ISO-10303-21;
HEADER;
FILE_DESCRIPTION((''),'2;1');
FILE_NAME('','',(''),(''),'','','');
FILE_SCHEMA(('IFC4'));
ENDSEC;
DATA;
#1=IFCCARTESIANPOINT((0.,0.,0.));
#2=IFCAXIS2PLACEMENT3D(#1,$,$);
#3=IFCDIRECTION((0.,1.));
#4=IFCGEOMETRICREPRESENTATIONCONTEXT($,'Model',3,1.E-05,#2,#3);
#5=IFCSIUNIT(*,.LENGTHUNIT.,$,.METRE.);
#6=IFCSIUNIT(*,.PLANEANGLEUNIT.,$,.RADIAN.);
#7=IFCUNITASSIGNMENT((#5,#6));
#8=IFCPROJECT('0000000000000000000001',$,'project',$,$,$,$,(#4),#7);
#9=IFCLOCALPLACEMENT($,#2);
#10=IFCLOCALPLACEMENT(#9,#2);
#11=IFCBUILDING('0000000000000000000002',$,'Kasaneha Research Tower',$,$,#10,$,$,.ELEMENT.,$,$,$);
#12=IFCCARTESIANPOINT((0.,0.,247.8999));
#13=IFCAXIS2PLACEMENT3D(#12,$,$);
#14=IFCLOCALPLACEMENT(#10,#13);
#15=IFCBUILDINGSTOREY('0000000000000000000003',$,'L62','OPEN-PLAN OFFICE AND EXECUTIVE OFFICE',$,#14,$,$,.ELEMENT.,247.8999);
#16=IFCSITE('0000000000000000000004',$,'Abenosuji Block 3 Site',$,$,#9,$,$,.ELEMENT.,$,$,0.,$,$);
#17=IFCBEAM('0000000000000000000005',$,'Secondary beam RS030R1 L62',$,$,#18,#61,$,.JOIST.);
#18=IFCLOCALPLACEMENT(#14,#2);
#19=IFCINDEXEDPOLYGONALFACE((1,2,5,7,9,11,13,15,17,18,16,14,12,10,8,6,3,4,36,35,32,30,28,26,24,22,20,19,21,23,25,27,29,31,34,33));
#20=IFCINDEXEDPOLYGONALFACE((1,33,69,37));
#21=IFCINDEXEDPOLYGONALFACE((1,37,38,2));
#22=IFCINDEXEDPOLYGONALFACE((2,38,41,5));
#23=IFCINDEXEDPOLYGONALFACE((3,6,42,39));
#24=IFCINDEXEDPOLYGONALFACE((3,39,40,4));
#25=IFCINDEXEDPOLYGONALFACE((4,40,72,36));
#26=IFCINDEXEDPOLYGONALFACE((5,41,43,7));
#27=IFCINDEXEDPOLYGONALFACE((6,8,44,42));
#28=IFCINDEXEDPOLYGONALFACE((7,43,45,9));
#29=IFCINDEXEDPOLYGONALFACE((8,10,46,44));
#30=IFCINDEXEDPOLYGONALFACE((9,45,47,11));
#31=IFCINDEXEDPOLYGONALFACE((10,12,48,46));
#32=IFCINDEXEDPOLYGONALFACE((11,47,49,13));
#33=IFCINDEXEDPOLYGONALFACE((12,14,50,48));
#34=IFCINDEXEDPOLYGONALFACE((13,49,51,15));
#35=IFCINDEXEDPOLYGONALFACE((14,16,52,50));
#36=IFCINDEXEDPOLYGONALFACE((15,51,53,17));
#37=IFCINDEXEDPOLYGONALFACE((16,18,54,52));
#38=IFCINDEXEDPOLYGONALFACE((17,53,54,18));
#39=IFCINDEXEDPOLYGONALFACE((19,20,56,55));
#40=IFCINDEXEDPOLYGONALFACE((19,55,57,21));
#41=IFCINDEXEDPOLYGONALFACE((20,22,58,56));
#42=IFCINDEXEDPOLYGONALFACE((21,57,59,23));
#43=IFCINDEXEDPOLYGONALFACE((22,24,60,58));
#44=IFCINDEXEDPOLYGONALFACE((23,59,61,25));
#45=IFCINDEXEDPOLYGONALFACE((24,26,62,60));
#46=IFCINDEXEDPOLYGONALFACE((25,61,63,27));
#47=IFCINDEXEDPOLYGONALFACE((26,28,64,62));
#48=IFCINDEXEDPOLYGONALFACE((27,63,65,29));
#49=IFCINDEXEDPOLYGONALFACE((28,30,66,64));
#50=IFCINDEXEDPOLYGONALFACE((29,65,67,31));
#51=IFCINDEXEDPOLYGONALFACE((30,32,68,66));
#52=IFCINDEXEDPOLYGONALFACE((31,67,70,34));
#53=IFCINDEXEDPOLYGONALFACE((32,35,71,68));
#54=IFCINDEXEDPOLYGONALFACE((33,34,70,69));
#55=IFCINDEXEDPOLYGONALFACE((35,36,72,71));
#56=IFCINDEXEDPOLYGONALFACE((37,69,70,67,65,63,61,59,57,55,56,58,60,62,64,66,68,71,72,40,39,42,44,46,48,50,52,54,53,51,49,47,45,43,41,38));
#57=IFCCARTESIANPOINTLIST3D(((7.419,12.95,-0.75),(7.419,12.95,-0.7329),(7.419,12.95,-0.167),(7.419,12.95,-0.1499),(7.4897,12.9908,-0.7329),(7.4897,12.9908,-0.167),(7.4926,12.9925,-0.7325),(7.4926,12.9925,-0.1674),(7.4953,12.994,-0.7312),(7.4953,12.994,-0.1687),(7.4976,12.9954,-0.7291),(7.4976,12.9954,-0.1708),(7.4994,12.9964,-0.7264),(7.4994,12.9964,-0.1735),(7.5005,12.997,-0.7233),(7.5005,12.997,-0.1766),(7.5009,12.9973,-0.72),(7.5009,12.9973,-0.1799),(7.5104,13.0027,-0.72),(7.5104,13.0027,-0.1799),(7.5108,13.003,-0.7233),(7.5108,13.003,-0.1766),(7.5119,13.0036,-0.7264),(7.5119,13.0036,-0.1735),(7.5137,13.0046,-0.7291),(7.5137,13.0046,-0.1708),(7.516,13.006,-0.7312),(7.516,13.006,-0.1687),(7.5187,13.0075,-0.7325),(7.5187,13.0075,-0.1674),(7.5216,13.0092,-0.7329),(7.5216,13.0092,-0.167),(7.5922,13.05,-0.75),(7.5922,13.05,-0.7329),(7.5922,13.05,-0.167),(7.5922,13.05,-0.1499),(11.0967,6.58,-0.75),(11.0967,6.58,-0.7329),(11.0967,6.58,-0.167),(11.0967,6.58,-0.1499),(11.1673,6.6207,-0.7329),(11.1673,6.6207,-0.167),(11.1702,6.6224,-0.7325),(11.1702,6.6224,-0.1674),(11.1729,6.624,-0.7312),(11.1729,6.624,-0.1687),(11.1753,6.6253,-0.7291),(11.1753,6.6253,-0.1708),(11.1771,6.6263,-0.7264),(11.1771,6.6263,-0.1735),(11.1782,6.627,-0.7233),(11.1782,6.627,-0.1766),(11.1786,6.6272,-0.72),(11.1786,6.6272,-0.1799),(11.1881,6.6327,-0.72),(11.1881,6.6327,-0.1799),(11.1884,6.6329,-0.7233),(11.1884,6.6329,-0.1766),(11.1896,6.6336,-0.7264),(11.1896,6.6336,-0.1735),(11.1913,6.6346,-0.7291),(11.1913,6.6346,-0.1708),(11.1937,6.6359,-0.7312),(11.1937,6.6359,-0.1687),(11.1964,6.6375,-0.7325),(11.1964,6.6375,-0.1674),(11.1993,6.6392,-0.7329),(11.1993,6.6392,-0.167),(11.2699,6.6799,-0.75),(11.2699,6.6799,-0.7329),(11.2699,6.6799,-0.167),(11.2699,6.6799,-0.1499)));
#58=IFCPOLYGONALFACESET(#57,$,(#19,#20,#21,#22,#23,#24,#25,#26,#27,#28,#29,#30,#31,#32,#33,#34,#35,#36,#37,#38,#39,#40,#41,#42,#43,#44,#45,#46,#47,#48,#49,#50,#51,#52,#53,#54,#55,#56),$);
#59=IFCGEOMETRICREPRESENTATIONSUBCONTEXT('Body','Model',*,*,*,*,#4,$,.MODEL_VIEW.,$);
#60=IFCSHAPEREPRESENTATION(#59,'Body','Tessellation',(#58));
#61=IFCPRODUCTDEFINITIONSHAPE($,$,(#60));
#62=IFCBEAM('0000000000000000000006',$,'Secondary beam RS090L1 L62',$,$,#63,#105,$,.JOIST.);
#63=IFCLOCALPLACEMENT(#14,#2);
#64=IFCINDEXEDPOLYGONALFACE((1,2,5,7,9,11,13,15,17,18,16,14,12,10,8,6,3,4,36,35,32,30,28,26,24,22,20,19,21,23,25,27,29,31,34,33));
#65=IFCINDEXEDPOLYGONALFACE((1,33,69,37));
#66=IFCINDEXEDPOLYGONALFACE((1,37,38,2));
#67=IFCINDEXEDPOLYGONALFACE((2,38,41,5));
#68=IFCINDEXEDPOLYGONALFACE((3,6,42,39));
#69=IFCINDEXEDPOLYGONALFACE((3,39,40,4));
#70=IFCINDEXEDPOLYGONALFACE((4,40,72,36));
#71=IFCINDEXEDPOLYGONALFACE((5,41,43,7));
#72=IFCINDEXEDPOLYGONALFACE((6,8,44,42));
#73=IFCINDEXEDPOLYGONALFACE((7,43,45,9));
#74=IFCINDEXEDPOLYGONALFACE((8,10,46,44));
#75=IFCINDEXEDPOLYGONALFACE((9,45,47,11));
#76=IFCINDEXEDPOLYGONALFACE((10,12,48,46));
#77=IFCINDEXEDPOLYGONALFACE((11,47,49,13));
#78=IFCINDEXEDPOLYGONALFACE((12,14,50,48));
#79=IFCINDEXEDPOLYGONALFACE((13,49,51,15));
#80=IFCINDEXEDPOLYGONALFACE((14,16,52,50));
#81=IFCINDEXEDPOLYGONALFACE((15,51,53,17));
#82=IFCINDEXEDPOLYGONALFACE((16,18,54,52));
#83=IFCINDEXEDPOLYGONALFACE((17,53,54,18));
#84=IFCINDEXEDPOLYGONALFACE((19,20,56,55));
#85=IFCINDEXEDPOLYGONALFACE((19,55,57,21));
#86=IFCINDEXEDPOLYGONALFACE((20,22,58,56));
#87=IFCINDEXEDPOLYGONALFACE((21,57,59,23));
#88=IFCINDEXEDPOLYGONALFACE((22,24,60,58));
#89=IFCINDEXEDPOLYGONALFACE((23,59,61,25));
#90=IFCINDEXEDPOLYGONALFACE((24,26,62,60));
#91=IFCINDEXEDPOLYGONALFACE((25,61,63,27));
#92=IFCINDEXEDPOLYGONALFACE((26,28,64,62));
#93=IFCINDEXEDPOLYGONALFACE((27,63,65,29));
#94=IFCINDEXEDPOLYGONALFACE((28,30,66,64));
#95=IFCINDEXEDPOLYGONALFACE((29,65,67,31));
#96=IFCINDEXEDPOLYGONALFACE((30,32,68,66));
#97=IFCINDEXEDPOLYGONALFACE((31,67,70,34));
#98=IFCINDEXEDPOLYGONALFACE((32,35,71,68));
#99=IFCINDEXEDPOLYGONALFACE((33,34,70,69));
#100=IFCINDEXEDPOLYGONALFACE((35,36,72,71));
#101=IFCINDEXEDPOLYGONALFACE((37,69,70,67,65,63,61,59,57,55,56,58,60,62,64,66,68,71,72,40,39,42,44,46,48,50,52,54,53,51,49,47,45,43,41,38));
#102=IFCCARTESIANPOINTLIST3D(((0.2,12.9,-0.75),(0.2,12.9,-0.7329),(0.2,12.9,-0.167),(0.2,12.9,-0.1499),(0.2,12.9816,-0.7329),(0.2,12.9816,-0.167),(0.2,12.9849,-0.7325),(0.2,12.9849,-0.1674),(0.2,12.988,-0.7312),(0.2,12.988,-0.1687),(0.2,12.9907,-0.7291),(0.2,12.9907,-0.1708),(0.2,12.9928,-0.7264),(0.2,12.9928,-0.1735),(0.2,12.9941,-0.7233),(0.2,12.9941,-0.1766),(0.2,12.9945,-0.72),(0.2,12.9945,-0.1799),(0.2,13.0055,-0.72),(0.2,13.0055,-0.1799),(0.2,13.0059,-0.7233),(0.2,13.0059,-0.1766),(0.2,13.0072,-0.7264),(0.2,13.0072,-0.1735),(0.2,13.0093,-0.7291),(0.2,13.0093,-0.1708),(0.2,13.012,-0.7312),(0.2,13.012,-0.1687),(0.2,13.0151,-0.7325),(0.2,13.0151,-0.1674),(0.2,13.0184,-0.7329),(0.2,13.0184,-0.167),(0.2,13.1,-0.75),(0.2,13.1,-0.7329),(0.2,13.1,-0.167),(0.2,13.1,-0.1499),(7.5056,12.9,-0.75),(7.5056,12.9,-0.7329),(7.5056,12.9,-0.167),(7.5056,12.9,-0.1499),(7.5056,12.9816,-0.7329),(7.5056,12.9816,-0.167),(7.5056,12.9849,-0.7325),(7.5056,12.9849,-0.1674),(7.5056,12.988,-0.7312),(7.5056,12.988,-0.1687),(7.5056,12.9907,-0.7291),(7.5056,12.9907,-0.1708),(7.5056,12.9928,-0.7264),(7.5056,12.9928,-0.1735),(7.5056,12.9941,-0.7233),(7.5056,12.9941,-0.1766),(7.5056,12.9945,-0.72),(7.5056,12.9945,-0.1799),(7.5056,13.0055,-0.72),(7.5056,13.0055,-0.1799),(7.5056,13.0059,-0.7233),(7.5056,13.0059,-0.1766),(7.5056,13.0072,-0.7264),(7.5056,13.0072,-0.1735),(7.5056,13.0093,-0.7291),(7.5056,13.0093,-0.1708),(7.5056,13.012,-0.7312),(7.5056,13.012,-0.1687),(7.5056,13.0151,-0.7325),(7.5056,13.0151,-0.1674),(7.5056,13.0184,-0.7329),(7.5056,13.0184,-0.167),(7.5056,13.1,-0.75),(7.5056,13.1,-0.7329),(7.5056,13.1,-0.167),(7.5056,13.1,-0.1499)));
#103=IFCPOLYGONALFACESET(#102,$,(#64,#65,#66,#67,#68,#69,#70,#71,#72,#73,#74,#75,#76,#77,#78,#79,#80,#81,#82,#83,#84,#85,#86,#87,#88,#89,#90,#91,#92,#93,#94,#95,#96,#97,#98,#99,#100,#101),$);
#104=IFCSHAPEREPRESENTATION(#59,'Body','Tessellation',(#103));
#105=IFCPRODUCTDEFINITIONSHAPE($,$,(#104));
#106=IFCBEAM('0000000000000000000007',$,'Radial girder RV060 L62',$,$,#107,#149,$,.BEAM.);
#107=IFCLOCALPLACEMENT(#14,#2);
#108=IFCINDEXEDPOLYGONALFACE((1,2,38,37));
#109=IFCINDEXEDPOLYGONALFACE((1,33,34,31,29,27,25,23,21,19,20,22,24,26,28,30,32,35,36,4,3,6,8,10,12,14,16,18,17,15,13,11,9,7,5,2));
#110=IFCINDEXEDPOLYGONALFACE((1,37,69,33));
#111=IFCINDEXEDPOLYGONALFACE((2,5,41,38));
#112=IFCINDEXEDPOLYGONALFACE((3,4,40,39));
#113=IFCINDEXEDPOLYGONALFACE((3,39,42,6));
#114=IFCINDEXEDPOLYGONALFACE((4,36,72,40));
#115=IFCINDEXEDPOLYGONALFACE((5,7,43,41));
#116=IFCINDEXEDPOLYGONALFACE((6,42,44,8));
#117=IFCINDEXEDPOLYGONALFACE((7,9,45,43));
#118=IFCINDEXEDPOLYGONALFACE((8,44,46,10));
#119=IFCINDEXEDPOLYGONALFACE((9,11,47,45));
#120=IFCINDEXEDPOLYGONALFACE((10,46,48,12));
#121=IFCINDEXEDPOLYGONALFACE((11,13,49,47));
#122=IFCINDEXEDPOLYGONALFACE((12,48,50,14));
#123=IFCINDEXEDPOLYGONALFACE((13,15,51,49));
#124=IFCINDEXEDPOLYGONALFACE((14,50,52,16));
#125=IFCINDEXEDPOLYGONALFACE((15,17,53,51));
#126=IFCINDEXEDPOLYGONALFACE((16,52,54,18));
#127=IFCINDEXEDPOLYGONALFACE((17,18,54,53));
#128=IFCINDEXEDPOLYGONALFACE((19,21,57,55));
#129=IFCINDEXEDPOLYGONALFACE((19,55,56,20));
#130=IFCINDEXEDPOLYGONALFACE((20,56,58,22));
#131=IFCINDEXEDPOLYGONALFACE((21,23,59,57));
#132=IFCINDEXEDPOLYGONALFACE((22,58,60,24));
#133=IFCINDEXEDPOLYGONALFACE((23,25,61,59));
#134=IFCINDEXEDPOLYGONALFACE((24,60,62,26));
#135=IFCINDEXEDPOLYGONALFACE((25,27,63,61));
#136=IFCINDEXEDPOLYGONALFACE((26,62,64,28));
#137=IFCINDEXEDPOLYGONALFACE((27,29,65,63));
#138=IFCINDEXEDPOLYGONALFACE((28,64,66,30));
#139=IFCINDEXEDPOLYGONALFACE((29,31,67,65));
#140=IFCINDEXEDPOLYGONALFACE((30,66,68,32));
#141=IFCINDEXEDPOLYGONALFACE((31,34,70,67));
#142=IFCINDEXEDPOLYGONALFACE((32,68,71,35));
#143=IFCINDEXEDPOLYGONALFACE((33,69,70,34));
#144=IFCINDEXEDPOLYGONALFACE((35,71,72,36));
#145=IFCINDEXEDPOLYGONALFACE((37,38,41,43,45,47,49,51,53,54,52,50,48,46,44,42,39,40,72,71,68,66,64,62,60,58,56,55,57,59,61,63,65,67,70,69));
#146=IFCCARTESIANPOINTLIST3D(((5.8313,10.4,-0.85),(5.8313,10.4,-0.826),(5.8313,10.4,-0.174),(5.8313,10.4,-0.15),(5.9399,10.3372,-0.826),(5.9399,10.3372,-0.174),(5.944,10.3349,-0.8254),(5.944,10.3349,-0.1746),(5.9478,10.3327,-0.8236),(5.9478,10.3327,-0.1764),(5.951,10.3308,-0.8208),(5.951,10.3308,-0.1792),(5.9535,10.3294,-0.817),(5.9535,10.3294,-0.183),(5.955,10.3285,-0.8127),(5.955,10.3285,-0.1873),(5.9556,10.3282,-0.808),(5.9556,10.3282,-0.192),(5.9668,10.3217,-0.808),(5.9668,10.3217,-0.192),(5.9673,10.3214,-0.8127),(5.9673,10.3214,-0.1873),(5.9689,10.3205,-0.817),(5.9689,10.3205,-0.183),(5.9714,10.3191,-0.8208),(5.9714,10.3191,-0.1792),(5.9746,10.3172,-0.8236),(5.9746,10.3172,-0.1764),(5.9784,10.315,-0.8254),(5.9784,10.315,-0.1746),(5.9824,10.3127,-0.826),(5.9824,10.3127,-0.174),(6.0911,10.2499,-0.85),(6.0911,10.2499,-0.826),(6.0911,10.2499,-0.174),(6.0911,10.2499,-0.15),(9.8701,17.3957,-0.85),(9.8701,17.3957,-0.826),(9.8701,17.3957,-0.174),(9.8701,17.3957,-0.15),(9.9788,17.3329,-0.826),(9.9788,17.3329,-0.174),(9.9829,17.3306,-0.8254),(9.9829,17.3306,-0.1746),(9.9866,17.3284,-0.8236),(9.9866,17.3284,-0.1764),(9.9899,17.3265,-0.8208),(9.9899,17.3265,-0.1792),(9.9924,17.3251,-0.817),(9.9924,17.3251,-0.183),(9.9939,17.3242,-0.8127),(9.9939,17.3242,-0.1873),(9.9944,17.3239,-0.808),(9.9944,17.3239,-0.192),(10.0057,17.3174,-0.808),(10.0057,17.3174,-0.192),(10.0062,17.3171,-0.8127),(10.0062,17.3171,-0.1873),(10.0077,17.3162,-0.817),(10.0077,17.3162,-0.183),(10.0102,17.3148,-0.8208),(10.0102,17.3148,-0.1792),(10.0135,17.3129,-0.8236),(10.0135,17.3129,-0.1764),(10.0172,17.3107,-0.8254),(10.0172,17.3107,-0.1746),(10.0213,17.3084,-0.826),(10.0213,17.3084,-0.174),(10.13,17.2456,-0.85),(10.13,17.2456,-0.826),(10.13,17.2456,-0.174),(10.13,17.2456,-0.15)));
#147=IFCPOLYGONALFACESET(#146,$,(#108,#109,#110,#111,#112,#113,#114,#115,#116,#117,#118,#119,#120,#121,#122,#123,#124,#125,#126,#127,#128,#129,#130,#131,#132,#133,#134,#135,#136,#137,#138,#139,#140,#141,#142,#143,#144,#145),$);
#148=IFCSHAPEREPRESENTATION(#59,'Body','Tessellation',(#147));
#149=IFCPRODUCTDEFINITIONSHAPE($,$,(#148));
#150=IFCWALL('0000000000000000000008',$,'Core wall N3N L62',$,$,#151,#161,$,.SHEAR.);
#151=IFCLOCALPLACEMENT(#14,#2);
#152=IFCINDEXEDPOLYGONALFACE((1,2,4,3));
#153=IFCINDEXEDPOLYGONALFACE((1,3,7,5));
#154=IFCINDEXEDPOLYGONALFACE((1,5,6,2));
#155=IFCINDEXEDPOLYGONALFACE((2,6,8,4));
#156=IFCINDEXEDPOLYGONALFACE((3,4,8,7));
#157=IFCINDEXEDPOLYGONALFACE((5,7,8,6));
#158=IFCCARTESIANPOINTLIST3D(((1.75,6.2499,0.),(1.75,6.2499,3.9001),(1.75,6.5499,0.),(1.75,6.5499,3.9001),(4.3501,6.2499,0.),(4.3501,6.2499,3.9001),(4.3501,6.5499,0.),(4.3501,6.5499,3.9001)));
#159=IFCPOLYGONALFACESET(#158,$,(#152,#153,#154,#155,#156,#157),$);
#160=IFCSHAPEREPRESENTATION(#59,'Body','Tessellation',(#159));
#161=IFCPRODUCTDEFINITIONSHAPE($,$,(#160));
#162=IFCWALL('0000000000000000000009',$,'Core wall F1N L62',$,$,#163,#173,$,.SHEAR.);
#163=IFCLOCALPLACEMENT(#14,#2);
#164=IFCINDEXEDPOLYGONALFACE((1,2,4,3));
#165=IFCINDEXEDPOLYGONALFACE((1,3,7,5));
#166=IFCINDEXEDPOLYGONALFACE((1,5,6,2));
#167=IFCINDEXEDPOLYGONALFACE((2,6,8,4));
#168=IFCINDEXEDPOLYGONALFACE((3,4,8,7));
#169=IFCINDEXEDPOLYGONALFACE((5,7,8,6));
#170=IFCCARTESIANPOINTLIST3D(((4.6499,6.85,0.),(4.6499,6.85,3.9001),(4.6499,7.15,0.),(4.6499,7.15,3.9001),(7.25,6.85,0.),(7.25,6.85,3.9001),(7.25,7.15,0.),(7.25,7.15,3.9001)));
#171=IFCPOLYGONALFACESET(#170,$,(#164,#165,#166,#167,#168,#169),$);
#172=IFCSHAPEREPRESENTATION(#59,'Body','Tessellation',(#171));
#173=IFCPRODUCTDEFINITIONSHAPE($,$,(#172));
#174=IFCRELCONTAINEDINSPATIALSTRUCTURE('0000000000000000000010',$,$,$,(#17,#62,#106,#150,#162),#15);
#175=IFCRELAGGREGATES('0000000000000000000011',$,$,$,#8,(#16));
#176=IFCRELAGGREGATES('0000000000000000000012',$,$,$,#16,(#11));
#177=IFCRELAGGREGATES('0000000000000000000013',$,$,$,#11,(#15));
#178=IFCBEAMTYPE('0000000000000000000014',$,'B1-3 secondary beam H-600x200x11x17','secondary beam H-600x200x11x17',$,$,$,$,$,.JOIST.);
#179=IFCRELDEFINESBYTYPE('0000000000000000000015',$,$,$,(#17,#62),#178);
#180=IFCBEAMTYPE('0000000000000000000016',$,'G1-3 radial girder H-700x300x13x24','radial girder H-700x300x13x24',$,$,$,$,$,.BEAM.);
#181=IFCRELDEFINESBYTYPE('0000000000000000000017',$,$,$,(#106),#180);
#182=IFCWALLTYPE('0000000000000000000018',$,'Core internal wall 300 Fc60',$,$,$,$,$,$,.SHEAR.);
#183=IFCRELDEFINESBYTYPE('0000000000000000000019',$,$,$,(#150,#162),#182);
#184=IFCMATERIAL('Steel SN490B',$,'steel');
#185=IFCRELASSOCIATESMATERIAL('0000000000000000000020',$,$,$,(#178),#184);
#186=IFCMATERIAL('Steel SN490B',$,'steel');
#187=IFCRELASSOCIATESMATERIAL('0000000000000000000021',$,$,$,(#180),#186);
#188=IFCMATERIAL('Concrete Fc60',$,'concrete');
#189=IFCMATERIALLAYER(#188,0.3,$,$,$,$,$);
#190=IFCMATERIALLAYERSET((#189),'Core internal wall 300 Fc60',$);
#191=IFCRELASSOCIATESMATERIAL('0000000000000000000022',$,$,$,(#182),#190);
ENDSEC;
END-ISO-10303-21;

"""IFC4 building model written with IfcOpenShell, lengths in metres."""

from ifc_helpers import new_model, si_unit, direction, frame, frame_2d, origin, origin_2d, place, context, subcontext, project, spatial, rectangle, i_section, extrude, material, layer, layer_set, material_profile, profile_set, type_object, element, save


model = new_model("IFC4")

# Units and contexts
model_context = context("Model", 3, precision=1e-05, world=origin(), true_north=direction((0.0, 1.0)))
body_context = subcontext(model_context, "Body", "Model", "MODEL_VIEW")
ifc_project = project(units=[si_unit("LENGTHUNIT", "METRE"), si_unit("PLANEANGLEUNIT", "RADIAN")], contexts=[model_context])

# Site, building, storey
site_placement = place(None, origin())
site = spatial("IfcSite", under=ifc_project, at=site_placement, Name="Abenosuji Block 3 Site", CompositionType="ELEMENT", RefElevation=0.0)
building_placement = place(site_placement, origin())
building = spatial("IfcBuilding", under=site, at=building_placement, Name="Kasaneha Research Tower", CompositionType="ELEMENT")
storey_placement = place(building_placement, frame((0.0, 0.0, 247.8999)))
storey = spatial("IfcBuildingStorey", under=building, at=storey_placement, Name="L62", Description="OPEN-PLAN OFFICE AND EXECUTIVE OFFICE", CompositionType="ELEMENT", Elevation=247.8999)

# Beams
ifc_material_1 = material(Name="Steel SN490B", Category="steel")
ifc_material_profile_1 = material_profile(ifc_material_1, i_section(OverallWidth=0.2, OverallDepth=0.6001, WebThickness=0.011, FlangeThickness=0.0171, FilletRadius=0.0129, at=origin_2d()), Name="H-600x200x11x17")
ifc_profile_set_1 = profile_set([ifc_material_profile_1], Name="Steel SN490B")
beam_type_1 = type_object("IfcBeamType", Name="B1-3 secondary beam H-600x200x11x17", Description="secondary beam H-600x200x11x17", PredefinedType="JOIST", material=ifc_profile_set_1)
beam_1_placement = place(storey_placement, frame((7.5056, 13.0, -0.45), z_axis=(0.499994, -0.866029, 0.0), x_axis=(0.866029, 0.499994, 0.0)))
element("IfcBeam", 1, at=beam_1_placement, inside=storey, type_object=beam_type_1, Name="Secondary beam RS030R1 L62", PredefinedType="JOIST", context=body_context, shape_type="SweptSolid", body=[
    extrude(i_section(OverallWidth=0.2, OverallDepth=0.6001, WebThickness=0.011, FlangeThickness=0.0171, FilletRadius=0.0129, at=origin_2d()), origin(), (0.0, 0.0, 1.0), 7.3555),
])
beam_2_placement = place(storey_placement, frame((7.5056, 13.0, -0.45), z_axis=(-1.0, 0.0, 0.0), x_axis=(0.0, -1.0, 0.0)))
element("IfcBeam", 2, at=beam_2_placement, inside=storey, type_object=beam_type_1, Name="Secondary beam RS090L1 L62", PredefinedType="JOIST", context=body_context, shape_type="SweptSolid", body=[
    extrude(i_section(OverallWidth=0.2, OverallDepth=0.6001, WebThickness=0.011, FlangeThickness=0.0171, FilletRadius=0.0129, at=origin_2d()), origin(), (0.0, 0.0, 1.0), 7.3057),
])
ifc_material_2 = material(Name="Steel SN490B", Category="steel")
ifc_material_profile_2 = material_profile(ifc_material_2, i_section(OverallWidth=0.3, OverallDepth=0.7, WebThickness=0.0129, FlangeThickness=0.0239, FilletRadius=0.0181, at=origin_2d()), Name="H-700x300x13x24")
ifc_profile_set_2 = profile_set([ifc_material_profile_2], Name="Steel SN490B")
beam_type_2 = type_object("IfcBeamType", Name="G1-3 radial girder H-700x300x13x24", Description="radial girder H-700x300x13x24", PredefinedType="BEAM", material=ifc_profile_set_2)
beam_3_placement = place(storey_placement, frame((5.9612, 10.325, -0.5), z_axis=(0.499991, 0.866031, 0.0), x_axis=(-0.866031, 0.499991, 0.0)))
element("IfcBeam", 3, at=beam_3_placement, inside=storey, type_object=beam_type_2, Name="Radial girder RV060 L62", PredefinedType="BEAM", context=body_context, shape_type="SweptSolid", body=[
    extrude(i_section(OverallWidth=0.3, OverallDepth=0.7, WebThickness=0.0129, FlangeThickness=0.0239, FilletRadius=0.0181, at=origin_2d()), origin(), (0.0, 0.0, 1.0), 8.0779),
])

# Walls
ifc_material_3 = material(Name="Concrete Fc60", Category="concrete")
ifc_layer_1 = layer(ifc_material_3, 0.3)
ifc_layer_set_1 = layer_set([ifc_layer_1], Name="Core internal wall 300 Fc60")
wall_type_1 = type_object("IfcWallType", Name="Core internal wall 300 Fc60", PredefinedType="SHEAR", material=ifc_layer_set_1)
for number, where, z_axis, x_axis, name in (
    (4, (1.75, 6.3999, 0.0), (0.0, 0.0, 1.0), (1.0, 0.0, 0.0), "Core wall N3N L62"),
    (5, (4.6499, 7.0, 0.0), (0.0, 0.0, 1.0), (1.0, 0.0, 0.0), "Core wall F1N L62"),
):
    element("IfcWall", number, at=place(storey_placement, frame(where, z_axis=z_axis, x_axis=x_axis)), inside=storey, type_object=wall_type_1, Name=name, PredefinedType="SHEAR", context=body_context, shape_type="SweptSolid", body=[
        extrude(rectangle(XDim=2.6001, YDim=0.3, at=frame_2d((1.3, 0.0))), origin(), (0.0, 0.0, 1.0), 3.9001),
    ])

save(model, "model.ifc")
